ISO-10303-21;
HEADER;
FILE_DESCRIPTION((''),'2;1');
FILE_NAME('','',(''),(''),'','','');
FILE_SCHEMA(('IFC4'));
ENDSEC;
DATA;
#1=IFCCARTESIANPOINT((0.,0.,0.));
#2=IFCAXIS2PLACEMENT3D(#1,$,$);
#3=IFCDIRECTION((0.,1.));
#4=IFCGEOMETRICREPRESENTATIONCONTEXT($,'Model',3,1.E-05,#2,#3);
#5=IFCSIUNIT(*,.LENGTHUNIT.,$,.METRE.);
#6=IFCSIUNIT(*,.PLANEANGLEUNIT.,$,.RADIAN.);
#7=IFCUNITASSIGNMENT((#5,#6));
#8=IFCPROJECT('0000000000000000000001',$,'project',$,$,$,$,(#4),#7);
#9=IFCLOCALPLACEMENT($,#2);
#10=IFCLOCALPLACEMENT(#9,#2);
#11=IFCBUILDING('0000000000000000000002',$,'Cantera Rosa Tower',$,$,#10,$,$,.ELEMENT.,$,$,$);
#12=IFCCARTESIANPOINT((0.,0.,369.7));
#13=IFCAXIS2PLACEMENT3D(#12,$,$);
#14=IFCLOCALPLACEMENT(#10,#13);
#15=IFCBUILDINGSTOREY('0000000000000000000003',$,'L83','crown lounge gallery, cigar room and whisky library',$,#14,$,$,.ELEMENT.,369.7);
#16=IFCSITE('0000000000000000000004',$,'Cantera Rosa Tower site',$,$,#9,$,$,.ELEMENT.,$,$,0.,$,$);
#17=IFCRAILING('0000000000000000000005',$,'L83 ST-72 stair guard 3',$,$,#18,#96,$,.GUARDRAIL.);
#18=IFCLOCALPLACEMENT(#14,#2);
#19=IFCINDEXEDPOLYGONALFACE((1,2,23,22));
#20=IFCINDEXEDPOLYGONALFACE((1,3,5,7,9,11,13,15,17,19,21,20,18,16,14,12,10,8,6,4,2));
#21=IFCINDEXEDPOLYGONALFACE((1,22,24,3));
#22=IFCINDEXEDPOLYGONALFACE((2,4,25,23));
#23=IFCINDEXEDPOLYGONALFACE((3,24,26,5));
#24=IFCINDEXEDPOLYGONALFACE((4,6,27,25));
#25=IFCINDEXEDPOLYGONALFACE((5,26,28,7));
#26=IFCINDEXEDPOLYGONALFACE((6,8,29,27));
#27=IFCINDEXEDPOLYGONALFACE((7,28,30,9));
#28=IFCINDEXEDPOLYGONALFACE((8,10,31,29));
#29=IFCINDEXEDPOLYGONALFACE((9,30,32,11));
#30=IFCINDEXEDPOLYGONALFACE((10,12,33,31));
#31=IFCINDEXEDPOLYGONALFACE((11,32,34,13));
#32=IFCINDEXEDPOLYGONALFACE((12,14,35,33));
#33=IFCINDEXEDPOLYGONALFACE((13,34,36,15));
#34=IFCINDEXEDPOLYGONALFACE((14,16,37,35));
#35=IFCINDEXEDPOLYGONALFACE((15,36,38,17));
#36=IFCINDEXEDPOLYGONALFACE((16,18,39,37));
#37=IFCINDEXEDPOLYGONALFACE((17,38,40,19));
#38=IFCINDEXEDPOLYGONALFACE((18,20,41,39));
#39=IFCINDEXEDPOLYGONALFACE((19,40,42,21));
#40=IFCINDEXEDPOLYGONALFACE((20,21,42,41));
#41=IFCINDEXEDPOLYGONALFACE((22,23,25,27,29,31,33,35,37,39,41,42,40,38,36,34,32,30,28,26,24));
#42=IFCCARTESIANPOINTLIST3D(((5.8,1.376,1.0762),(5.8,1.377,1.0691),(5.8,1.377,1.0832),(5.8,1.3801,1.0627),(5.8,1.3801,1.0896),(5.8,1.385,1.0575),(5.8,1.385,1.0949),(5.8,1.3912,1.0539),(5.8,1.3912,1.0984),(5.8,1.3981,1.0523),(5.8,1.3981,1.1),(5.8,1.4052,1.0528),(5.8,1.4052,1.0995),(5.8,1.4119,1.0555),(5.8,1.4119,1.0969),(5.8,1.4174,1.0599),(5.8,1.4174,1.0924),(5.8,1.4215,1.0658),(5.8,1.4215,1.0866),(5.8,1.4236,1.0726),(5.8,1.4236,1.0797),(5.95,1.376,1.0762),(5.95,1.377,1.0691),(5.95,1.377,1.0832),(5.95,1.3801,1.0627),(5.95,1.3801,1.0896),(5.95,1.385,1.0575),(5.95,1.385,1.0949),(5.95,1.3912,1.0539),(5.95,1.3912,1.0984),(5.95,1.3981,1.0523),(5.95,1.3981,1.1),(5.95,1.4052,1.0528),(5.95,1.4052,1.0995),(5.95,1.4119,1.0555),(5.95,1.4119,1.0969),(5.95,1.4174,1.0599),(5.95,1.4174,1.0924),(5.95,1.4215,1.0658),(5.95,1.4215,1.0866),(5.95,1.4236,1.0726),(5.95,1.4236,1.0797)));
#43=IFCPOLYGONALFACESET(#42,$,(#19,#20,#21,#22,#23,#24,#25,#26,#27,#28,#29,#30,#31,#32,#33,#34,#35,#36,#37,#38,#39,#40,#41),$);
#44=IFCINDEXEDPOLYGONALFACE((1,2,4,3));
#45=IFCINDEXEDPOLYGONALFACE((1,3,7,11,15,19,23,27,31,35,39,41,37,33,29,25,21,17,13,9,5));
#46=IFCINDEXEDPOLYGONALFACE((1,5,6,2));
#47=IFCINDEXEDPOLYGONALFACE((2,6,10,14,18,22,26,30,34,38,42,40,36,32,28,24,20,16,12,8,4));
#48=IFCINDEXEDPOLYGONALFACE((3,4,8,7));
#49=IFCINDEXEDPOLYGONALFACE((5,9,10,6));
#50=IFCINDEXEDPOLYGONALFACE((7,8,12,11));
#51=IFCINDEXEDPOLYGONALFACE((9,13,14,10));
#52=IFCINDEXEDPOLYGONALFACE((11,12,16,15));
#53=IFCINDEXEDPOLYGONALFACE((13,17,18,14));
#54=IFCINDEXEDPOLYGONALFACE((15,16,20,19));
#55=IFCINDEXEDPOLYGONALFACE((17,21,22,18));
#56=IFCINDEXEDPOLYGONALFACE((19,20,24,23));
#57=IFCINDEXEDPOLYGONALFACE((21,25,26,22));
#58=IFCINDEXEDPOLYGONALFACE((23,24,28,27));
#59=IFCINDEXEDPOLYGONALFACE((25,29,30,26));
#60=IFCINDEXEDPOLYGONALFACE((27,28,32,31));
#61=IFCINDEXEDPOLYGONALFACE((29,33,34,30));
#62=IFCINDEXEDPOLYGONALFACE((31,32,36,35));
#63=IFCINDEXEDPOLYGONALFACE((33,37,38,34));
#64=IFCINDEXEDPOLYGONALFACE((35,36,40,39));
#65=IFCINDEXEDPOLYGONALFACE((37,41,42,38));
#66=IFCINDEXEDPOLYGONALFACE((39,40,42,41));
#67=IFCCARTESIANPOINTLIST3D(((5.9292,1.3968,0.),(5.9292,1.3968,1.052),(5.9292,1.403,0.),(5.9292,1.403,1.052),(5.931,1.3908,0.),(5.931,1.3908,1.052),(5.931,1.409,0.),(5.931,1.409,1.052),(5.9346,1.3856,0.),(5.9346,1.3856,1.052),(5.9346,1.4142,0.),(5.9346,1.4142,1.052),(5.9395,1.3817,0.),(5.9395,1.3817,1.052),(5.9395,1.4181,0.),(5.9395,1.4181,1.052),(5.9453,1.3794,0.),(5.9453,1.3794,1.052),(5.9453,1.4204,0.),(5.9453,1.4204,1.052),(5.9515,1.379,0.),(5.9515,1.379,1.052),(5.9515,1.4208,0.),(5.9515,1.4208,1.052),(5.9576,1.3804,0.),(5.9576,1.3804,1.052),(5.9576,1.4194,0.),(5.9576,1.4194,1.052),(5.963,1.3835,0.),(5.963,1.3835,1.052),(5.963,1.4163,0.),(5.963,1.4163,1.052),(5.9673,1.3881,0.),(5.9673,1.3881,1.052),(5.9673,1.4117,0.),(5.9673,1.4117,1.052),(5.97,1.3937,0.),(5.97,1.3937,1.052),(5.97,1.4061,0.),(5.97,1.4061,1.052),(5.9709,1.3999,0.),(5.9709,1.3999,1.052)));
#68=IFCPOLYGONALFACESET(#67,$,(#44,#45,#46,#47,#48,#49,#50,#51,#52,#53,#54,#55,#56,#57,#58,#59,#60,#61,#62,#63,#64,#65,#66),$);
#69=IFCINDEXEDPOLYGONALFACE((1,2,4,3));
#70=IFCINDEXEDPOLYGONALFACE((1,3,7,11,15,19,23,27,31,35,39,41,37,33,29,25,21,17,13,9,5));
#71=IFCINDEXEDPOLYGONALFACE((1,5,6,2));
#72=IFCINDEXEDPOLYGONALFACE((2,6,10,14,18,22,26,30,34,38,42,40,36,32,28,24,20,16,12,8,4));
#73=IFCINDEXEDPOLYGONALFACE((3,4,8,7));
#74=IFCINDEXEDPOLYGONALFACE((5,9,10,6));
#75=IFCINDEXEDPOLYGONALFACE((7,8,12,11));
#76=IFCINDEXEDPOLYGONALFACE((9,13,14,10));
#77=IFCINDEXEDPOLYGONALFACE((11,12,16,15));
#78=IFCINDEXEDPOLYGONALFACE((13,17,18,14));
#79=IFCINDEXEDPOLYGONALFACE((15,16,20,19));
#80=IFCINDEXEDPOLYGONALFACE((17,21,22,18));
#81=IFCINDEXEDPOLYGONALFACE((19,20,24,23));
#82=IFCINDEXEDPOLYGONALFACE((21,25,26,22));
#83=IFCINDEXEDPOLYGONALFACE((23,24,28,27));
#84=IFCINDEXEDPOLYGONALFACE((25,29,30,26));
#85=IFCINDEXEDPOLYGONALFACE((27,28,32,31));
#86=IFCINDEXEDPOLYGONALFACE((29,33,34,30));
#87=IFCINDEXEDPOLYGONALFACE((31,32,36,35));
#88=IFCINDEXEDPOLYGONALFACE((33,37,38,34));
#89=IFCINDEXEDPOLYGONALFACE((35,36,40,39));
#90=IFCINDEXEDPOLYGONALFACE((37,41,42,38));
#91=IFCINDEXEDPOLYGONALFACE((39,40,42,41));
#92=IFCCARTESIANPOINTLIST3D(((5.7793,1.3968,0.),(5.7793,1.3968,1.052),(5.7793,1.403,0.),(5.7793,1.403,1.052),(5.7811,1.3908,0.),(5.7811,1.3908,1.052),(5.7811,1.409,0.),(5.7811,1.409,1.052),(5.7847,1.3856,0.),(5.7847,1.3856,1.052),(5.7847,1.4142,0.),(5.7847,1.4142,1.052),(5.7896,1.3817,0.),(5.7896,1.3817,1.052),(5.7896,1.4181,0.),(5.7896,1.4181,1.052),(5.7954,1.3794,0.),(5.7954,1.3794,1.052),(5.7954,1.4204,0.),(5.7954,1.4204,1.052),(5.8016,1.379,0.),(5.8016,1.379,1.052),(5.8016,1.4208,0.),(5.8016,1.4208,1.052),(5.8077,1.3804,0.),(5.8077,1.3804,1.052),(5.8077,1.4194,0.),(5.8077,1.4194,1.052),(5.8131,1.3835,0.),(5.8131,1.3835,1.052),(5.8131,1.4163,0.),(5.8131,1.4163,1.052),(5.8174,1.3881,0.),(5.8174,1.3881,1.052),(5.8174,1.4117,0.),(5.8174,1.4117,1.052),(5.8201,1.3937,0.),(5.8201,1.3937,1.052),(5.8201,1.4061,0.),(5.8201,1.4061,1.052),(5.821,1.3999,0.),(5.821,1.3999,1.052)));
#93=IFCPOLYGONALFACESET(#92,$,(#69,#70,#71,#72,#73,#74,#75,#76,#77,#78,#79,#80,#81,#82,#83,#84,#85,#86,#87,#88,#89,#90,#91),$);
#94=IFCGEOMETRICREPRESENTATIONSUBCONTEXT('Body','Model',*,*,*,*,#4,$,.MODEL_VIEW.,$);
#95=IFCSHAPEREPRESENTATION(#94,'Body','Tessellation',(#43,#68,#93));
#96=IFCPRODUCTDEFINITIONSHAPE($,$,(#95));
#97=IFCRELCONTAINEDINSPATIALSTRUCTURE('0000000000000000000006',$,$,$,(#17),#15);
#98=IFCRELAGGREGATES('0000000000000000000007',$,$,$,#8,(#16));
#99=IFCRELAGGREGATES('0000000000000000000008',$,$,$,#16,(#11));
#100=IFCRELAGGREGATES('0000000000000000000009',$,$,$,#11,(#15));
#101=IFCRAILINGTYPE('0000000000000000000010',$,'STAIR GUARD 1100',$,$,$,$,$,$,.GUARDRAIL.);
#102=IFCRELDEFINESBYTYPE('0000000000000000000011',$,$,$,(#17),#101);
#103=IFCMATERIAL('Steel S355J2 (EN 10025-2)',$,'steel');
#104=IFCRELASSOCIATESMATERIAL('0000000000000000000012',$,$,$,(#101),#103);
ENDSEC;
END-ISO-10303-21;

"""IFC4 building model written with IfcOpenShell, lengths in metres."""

from ifc_helpers import new_model, si_unit, direction, frame, origin, origin_2d, place, context, subcontext, project, spatial, circle, extrude, material, type_object, element, save


model = new_model("IFC4")

# Units and contexts
model_context = context("Model", 3, precision=1e-05, world=origin(), true_north=direction((0.0, 1.0)))
body_context = subcontext(model_context, "Body", "Model", "MODEL_VIEW")
ifc_project = project(units=[si_unit("LENGTHUNIT", "METRE"), si_unit("PLANEANGLEUNIT", "RADIAN")], contexts=[model_context])

# Site, building, storey
site_placement = place(None, origin())
site = spatial("IfcSite", under=ifc_project, at=site_placement, Name="Cantera Rosa Tower site", CompositionType="ELEMENT", RefElevation=0.0)
building_placement = place(site_placement, origin())
building = spatial("IfcBuilding", under=site, at=building_placement, Name="Cantera Rosa Tower", CompositionType="ELEMENT")
storey_placement = place(building_placement, frame((0.0, 0.0, 369.7)))
storey = spatial("IfcBuildingStorey", under=building, at=storey_placement, Name="L83", Description="crown lounge gallery, cigar room and whisky library", CompositionType="ELEMENT", Elevation=369.7)

# Railing
ifc_material_1 = material(Name="Steel S355J2 (EN 10025-2)", Category="steel")
railing_type_1 = type_object("IfcRailingType", Name="STAIR GUARD 1100", PredefinedType="GUARDRAIL", material=ifc_material_1)
railing_1_placement = place(storey_placement, frame((5.95, 1.3999, 0.0)))
element("IfcRailing", 1, at=railing_1_placement, inside=storey, type_object=railing_type_1, Name="L83 ST-72 stair guard 3", PredefinedType="GUARDRAIL", context=body_context, shape_type="SweptSolid", body=[
    extrude(circle(Radius=0.0239, at=origin_2d()), frame((0.0, 0.0, 1.0762), z_axis=(-1.0, 0.0, 0.0), x_axis=(0.0, -1.0, 0.0)), (0.0, 0.0, 1.0), 0.1499),
    extrude(circle(Radius=0.021, at=origin_2d()), origin(), (0.0, 0.0, 1.0), 1.052),
    extrude(circle(Radius=0.021, at=origin_2d()), frame((-0.1499, 0.0, 0.0)), (0.0, 0.0, 1.0), 1.052),
])

save(model, "model.ifc")
